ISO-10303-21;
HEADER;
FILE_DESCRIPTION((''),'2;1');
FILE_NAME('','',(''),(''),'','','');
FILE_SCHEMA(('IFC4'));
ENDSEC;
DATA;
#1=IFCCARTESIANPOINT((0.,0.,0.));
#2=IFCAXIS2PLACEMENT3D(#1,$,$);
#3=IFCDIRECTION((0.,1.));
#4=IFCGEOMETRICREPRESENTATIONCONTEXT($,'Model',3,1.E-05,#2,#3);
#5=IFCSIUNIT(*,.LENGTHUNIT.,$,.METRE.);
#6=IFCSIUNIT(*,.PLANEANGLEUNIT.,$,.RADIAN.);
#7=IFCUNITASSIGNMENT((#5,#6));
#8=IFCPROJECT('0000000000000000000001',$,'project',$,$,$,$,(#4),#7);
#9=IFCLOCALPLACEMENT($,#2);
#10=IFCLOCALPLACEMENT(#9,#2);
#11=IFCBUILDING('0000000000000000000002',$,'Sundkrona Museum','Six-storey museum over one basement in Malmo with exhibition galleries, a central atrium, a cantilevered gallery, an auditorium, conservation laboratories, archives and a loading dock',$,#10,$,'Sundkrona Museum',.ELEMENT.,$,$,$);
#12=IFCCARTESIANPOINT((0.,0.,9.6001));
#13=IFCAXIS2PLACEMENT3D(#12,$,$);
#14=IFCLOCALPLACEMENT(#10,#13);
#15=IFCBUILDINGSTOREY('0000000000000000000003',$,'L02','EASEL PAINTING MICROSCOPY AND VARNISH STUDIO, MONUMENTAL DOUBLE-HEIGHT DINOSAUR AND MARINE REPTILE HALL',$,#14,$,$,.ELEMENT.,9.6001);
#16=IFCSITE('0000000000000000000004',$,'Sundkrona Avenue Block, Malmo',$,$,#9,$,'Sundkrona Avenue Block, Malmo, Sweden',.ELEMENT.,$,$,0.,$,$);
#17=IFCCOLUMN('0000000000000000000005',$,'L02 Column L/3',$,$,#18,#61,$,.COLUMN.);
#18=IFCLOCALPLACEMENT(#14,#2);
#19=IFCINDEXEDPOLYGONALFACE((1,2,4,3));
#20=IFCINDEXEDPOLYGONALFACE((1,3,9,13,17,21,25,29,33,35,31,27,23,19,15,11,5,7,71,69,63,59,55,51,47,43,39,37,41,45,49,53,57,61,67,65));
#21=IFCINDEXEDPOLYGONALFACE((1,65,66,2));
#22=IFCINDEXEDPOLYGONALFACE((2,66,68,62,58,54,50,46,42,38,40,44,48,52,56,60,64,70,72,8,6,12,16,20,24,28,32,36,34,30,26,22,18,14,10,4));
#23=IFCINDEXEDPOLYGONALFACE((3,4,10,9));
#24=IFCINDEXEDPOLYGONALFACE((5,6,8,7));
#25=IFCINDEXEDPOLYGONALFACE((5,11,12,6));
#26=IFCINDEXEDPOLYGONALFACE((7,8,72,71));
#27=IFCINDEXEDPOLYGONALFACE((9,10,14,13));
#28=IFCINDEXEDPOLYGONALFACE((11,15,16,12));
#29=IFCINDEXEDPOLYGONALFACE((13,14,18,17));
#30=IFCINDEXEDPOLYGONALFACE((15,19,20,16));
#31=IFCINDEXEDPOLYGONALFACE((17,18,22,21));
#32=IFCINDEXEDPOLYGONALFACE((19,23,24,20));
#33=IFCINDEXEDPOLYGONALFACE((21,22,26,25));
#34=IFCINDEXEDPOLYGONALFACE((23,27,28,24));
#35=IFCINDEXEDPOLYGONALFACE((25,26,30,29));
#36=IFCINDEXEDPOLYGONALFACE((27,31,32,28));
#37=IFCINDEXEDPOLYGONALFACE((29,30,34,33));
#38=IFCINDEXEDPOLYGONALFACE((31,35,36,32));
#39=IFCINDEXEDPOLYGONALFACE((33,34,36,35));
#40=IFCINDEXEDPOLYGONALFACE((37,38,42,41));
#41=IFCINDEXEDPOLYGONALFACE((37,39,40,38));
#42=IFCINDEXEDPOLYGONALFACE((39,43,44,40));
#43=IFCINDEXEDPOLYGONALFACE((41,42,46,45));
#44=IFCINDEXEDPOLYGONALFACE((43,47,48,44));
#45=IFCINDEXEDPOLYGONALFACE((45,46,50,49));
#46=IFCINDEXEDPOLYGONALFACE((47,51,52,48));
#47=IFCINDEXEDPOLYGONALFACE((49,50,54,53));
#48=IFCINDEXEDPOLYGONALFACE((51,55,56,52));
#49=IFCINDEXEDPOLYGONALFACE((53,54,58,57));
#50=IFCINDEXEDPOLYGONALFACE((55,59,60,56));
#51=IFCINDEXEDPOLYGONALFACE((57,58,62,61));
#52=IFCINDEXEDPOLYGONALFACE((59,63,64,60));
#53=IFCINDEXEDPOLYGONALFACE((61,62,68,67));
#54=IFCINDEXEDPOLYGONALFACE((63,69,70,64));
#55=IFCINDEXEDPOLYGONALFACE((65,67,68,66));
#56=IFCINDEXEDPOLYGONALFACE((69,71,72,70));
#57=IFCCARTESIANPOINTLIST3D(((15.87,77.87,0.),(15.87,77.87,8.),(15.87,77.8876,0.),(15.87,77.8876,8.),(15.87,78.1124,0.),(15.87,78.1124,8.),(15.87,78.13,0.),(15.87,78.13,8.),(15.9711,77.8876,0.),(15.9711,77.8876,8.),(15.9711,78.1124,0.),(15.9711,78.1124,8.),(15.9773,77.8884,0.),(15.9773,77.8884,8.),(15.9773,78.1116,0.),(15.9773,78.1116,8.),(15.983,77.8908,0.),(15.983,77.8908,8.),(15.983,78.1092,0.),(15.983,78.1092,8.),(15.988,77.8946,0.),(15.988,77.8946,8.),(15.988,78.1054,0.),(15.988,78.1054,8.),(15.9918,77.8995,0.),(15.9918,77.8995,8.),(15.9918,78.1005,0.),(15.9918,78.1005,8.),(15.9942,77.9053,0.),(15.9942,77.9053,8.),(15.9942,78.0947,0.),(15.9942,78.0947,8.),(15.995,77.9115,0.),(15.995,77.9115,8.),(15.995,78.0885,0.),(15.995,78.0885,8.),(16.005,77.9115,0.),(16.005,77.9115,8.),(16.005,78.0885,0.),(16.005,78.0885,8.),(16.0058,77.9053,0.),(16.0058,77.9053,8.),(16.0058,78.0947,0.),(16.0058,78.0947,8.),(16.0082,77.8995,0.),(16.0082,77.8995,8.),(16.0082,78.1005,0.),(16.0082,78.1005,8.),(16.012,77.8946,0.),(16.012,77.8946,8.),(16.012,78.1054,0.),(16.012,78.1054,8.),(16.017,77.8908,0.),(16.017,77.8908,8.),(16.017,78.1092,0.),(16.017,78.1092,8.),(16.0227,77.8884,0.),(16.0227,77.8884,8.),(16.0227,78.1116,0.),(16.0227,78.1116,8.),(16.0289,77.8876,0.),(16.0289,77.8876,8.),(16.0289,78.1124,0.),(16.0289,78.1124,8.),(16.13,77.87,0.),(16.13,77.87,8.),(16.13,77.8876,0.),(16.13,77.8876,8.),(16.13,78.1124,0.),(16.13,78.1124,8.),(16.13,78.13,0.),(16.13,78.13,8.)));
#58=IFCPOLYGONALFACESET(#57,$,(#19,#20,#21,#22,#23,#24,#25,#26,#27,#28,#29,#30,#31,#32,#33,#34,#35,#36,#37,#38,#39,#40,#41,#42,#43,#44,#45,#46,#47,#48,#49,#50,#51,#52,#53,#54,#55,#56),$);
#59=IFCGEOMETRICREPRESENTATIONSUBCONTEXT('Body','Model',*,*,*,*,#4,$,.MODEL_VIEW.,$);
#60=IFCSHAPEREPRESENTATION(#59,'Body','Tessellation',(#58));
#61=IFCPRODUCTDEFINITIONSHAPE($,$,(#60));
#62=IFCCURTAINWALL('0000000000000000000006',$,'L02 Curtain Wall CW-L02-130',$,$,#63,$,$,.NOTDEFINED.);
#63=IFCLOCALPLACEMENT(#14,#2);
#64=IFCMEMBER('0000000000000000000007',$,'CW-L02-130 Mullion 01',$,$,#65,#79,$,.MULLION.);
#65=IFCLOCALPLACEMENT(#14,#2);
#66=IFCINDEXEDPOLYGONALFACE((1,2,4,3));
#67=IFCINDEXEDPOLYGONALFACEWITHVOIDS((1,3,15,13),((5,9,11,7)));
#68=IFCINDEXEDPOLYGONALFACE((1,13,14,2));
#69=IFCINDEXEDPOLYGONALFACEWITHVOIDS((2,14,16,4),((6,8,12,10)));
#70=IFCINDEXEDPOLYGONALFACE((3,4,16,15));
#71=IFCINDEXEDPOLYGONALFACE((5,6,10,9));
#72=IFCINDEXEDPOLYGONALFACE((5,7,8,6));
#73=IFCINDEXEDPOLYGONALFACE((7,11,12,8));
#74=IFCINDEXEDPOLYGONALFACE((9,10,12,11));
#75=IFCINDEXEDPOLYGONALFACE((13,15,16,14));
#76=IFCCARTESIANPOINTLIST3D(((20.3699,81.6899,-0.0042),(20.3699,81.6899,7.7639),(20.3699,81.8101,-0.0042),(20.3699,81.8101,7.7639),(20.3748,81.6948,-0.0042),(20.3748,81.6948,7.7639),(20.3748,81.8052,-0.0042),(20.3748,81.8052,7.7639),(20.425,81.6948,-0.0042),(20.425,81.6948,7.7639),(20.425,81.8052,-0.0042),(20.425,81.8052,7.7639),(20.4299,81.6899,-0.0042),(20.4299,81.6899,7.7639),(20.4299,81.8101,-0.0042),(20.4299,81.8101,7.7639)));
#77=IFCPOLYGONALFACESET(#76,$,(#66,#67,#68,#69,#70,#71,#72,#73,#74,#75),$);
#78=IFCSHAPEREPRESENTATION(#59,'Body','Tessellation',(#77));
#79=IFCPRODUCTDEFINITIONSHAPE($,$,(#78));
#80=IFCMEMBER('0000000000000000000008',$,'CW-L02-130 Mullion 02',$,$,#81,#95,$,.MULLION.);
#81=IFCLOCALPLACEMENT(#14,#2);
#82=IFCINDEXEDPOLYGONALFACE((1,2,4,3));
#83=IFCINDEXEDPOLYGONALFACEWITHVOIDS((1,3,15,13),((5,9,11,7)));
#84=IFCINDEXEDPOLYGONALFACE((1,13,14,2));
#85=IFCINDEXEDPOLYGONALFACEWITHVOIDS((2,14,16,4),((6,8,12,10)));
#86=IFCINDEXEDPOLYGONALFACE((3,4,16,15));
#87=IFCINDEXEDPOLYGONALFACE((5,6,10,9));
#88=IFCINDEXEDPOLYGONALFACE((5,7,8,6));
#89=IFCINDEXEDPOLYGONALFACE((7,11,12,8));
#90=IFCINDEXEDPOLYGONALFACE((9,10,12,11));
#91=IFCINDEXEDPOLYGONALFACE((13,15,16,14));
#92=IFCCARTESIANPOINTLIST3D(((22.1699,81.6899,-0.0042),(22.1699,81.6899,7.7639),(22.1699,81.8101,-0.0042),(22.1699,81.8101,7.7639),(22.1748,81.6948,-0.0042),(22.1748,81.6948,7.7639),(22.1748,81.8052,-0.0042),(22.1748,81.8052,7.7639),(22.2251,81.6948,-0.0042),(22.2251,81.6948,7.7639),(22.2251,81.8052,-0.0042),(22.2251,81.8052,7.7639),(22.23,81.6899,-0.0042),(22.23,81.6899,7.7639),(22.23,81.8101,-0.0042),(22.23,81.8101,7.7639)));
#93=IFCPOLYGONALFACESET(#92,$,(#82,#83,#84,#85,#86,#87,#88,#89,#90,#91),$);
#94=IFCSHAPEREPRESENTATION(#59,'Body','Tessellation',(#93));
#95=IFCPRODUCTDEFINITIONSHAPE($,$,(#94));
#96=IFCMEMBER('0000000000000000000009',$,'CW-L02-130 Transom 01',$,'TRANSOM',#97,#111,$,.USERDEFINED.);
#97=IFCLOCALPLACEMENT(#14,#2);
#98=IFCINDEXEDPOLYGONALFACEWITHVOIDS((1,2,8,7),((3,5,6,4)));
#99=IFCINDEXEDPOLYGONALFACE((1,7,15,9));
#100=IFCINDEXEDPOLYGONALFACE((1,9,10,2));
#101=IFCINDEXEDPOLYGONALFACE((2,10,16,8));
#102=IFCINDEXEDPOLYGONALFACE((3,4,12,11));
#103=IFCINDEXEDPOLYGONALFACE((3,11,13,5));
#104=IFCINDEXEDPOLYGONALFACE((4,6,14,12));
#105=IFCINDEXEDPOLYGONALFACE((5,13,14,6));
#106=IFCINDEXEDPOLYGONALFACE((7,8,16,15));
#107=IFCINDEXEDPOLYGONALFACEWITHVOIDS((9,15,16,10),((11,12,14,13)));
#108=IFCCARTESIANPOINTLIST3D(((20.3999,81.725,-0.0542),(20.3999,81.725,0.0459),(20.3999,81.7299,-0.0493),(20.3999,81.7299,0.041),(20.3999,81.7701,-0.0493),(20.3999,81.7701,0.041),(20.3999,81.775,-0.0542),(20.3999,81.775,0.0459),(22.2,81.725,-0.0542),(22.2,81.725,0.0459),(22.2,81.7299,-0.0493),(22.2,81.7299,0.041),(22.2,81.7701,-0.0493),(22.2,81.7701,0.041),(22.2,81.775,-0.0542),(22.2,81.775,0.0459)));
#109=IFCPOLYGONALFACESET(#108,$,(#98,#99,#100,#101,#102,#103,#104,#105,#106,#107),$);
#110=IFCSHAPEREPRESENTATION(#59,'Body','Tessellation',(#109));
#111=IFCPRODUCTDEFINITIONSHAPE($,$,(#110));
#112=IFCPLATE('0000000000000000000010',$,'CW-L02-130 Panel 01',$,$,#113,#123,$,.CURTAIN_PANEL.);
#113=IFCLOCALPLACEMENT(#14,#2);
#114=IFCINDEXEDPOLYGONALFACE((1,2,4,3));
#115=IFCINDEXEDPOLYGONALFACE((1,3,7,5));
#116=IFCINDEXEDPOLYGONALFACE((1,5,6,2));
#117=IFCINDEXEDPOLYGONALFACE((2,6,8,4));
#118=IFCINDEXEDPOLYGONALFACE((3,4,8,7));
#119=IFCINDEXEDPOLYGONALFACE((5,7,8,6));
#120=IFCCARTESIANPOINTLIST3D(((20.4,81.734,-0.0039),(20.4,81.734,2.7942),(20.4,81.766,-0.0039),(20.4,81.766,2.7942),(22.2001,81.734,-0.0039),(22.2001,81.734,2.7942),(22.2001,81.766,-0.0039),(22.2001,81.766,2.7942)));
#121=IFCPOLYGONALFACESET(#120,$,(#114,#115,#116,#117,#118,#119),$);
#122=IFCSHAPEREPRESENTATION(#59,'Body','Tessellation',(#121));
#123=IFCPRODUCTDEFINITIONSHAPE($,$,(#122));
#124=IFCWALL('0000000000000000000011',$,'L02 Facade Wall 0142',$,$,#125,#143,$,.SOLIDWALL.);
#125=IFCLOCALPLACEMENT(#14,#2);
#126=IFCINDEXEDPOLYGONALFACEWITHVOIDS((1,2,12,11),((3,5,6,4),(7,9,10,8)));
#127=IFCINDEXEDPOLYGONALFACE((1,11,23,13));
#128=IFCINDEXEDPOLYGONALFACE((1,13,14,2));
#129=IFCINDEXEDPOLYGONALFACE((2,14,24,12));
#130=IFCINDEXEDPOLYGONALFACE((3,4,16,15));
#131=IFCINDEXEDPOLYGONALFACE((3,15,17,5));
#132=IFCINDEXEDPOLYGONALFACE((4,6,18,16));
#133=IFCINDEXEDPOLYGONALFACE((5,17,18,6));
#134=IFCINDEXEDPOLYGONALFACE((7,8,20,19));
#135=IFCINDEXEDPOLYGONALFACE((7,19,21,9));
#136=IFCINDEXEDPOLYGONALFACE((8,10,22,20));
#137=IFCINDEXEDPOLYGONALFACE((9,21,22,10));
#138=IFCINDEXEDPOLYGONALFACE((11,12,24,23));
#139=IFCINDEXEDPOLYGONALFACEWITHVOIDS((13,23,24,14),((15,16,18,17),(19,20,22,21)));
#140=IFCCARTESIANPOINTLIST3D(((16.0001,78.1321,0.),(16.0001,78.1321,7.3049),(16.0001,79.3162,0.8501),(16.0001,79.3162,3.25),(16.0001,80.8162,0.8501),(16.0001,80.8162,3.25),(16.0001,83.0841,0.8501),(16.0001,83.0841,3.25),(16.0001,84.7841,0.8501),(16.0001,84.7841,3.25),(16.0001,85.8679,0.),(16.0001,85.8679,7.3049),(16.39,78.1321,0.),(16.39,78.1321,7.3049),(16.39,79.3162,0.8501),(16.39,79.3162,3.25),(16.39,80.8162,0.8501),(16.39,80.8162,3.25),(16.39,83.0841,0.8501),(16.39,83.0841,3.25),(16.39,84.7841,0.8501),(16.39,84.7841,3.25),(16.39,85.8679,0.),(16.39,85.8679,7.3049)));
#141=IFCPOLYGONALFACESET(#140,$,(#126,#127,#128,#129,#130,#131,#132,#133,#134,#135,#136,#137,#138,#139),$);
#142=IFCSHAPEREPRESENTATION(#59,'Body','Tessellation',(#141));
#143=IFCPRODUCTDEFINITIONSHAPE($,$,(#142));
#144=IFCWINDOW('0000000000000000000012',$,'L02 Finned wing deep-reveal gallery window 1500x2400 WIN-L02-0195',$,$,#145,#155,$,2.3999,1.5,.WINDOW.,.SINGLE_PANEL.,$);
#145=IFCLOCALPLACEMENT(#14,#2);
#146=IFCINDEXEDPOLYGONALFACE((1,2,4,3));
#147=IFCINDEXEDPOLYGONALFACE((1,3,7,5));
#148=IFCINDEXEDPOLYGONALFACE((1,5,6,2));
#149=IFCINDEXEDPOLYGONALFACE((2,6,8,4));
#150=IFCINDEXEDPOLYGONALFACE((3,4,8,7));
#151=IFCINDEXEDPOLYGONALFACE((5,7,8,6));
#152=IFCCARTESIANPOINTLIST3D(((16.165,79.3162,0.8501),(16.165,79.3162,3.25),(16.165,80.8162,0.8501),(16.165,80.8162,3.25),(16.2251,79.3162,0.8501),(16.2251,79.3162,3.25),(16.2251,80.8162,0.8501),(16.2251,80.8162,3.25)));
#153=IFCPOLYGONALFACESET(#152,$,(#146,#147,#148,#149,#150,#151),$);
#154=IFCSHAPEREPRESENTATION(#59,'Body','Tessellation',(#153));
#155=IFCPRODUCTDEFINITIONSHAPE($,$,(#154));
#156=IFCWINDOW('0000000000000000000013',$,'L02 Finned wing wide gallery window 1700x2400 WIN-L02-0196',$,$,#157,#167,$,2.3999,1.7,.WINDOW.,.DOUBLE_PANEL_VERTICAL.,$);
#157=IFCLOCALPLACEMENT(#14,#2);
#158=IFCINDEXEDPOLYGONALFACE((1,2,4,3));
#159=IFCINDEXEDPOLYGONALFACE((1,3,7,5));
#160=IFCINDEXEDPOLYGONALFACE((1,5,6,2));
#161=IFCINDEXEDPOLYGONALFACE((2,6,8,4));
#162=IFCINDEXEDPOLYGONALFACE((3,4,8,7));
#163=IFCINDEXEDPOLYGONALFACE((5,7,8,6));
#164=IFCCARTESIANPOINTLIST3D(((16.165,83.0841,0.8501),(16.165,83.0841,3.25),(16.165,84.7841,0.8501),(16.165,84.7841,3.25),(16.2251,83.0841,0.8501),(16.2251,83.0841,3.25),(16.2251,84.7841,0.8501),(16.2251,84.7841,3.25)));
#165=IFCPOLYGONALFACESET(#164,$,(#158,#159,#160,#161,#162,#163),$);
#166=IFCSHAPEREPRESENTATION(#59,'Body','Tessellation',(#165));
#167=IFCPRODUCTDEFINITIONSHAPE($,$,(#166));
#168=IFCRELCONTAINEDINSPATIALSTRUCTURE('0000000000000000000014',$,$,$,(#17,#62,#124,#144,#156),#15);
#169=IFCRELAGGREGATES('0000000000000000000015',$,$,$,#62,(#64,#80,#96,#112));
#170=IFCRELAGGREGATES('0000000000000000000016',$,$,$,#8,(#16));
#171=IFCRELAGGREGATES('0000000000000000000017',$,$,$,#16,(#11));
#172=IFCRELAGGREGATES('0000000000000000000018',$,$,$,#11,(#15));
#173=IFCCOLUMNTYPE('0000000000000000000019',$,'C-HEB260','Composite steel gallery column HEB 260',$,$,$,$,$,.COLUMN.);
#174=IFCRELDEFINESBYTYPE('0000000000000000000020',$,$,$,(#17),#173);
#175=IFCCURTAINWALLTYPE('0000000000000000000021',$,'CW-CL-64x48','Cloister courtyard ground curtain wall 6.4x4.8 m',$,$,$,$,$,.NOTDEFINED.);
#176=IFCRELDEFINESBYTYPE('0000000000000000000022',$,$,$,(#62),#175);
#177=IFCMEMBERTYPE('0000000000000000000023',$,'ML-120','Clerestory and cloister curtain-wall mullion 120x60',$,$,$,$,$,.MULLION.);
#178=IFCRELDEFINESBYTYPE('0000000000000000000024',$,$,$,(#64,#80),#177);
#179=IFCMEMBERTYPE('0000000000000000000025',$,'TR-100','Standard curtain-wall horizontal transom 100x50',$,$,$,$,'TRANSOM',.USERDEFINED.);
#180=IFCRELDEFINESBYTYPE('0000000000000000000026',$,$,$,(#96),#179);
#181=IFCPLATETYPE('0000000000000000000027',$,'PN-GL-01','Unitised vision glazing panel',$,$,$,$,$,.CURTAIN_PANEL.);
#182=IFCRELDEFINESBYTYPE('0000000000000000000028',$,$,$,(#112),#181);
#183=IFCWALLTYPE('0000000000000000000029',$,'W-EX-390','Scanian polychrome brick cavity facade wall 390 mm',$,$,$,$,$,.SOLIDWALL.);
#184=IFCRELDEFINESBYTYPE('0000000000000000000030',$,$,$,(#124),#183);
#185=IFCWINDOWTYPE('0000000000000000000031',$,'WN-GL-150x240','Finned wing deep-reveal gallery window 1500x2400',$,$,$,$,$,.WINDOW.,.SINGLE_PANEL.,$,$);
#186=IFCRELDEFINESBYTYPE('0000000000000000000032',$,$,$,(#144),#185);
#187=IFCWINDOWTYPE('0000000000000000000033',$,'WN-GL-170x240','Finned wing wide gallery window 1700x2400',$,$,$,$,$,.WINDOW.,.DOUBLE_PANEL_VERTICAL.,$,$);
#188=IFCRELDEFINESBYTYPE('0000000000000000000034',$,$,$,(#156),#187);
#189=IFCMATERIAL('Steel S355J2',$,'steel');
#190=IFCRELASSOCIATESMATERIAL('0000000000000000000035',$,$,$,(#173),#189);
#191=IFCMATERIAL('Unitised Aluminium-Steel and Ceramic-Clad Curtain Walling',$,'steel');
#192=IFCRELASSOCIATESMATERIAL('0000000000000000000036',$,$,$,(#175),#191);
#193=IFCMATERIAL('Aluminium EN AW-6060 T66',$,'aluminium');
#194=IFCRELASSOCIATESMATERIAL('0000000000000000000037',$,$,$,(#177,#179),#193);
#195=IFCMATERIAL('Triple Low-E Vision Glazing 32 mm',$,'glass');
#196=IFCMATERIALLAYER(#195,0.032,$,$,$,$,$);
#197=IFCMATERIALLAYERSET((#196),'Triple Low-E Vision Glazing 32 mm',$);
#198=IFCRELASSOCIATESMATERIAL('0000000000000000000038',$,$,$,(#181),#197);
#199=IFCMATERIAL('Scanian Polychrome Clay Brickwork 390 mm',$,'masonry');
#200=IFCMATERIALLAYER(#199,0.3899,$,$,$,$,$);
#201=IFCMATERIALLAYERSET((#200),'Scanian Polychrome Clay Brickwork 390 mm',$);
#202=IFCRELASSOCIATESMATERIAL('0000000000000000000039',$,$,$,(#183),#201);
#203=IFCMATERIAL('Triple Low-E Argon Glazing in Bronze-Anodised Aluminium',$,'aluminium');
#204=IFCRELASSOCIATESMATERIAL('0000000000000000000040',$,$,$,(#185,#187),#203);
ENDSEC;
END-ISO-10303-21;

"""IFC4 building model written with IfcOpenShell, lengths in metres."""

from ifc_helpers import new_model, si_unit, direction, frame, frame_2d, origin, origin_2d, place, context, subcontext, project, spatial, rectangle, hollow_rectangle, i_section, extrude, material, layer, layer_set, material_profile, profile_set, type_object, element, fill, aggregate, save


model = new_model("IFC4")

# Units and contexts
model_context = context("Model", 3, precision=1e-05, world=origin(), true_north=direction((0.0, 1.0)))
body_context = subcontext(model_context, "Body", "Model", "MODEL_VIEW")
ifc_project = project(units=[si_unit("LENGTHUNIT", "METRE"), si_unit("PLANEANGLEUNIT", "RADIAN")], contexts=[model_context])

# Site, building, storey
site_placement = place(None, origin())
site = spatial("IfcSite", under=ifc_project, at=site_placement, Name="Sundkrona Avenue Block, Malmo", LongName="Sundkrona Avenue Block, Malmo, Sweden", CompositionType="ELEMENT", RefElevation=0.0)
building_placement = place(site_placement, origin())
building = spatial("IfcBuilding", under=site, at=building_placement, Name="Sundkrona Museum", Description="Six-storey museum over one basement in Malmo with exhibition galleries, a central atrium, a cantilevered gallery, an auditorium, conservation laboratories, archives and a loading dock", LongName="Sundkrona Museum", CompositionType="ELEMENT")
storey_placement = place(building_placement, frame((0.0, 0.0, 9.6001)))
storey = spatial("IfcBuildingStorey", under=building, at=storey_placement, Name="L02", Description="EASEL PAINTING MICROSCOPY AND VARNISH STUDIO, MONUMENTAL DOUBLE-HEIGHT DINOSAUR AND MARINE REPTILE HALL", CompositionType="ELEMENT", Elevation=9.6001)

# Column
ifc_material_1 = material(Name="Steel S355J2", Category="steel")
ifc_material_profile_1 = material_profile(ifc_material_1, i_section(OverallWidth=0.26, OverallDepth=0.26, WebThickness=0.01, FlangeThickness=0.0176, FilletRadius=0.0239, at=origin_2d()), Name="HEB 260")
ifc_profile_set_1 = profile_set([ifc_material_profile_1], Name="Steel S355J2")
column_type = type_object("IfcColumnType", Name="C-HEB260", Description="Composite steel gallery column HEB 260", PredefinedType="COLUMN", material=ifc_profile_set_1)
column_placement = place(storey_placement, frame((16.0, 78.0, 0.0), z_axis=(0.0, 0.0, 1.0), x_axis=(1.0, 0.0, 0.0)))
element("IfcColumn", 1, at=column_placement, inside=storey, type_object=column_type, Name="L02 Column L/3", PredefinedType="COLUMN", context=body_context, shape_type="SweptSolid", body=[
    extrude(i_section(OverallWidth=0.26, OverallDepth=0.26, WebThickness=0.01, FlangeThickness=0.0176, FilletRadius=0.0239, at=origin_2d()), origin(), (0.0, 0.0, 1.0), 8.0),
])

# Curtain wall, members, plate
ifc_material_2 = material(Name="Unitised Aluminium-Steel and Ceramic-Clad Curtain Walling", Category="steel")
curtain_wall_type = type_object("IfcCurtainWallType", Name="CW-CL-64x48", Description="Cloister courtyard ground curtain wall 6.4x4.8 m", PredefinedType="NOTDEFINED", material=ifc_material_2)
curtain_wall_placement = place(storey_placement, origin())
curtain_wall = element("IfcCurtainWall", 2, at=curtain_wall_placement, inside=storey, type_object=curtain_wall_type, Name="L02 Curtain Wall CW-L02-130", PredefinedType="NOTDEFINED")
ifc_material_3 = material(Name="Aluminium EN AW-6060 T66", Category="aluminium")
ifc_material_profile_2 = material_profile(ifc_material_3, hollow_rectangle(XDim=0.0601, YDim=0.1201, WallThickness=0.0049, at=origin_2d()), Name="RHS 120x60x5.0")
ifc_profile_set_2 = profile_set([ifc_material_profile_2], Name="Aluminium EN AW-6060 T66")
member_type_1 = type_object("IfcMemberType", Name="ML-120", Description="Clerestory and cloister curtain-wall mullion 120x60", PredefinedType="MULLION", material=ifc_profile_set_2)
member_1_placement = place(storey_placement, frame((20.3999, 81.75, -0.0042), z_axis=(0.0, 0.0, 1.0), x_axis=(1.0, 0.0, 0.0)))
member_1 = element("IfcMember", 3, at=member_1_placement, type_object=member_type_1, Name="CW-L02-130 Mullion 01", PredefinedType="MULLION", context=body_context, shape_type="SweptSolid", body=[
    extrude(hollow_rectangle(XDim=0.0601, YDim=0.1201, WallThickness=0.0049, at=origin_2d()), origin(), (0.0, 0.0, 1.0), 7.7681),
])
member_2_placement = place(storey_placement, frame((22.2, 81.75, -0.0042), z_axis=(0.0, 0.0, 1.0), x_axis=(1.0, 0.0, 0.0)))
member_2 = element("IfcMember", 4, at=member_2_placement, type_object=member_type_1, Name="CW-L02-130 Mullion 02", PredefinedType="MULLION", context=body_context, shape_type="SweptSolid", body=[
    extrude(hollow_rectangle(XDim=0.0601, YDim=0.1201, WallThickness=0.0049, at=origin_2d()), origin(), (0.0, 0.0, 1.0), 7.7681),
])
ifc_material_profile_3 = material_profile(ifc_material_3, hollow_rectangle(XDim=0.05, YDim=0.1001, WallThickness=0.0049, at=origin_2d()), Name="RHS 100x50x5.0")
ifc_profile_set_3 = profile_set([ifc_material_profile_3], Name="Aluminium EN AW-6060 T66")
member_type_2 = type_object("IfcMemberType", Name="TR-100", Description="Standard curtain-wall horizontal transom 100x50", ElementType="TRANSOM", PredefinedType="USERDEFINED", material=ifc_profile_set_3)
member_3_placement = place(storey_placement, frame((20.3999, 81.75, -0.0042), z_axis=(1.0, 0.0, 0.0), x_axis=(0.0, 1.0, 0.0)))
member_3 = element("IfcMember", 5, at=member_3_placement, type_object=member_type_2, Name="CW-L02-130 Transom 01", ObjectType="TRANSOM", PredefinedType="USERDEFINED", context=body_context, shape_type="SweptSolid", body=[
    extrude(hollow_rectangle(XDim=0.05, YDim=0.1001, WallThickness=0.0049, at=origin_2d()), origin(), (0.0, 0.0, 1.0), 1.8),
])
ifc_material_4 = material(Name="Triple Low-E Vision Glazing 32 mm", Category="glass")
ifc_layer_1 = layer(ifc_material_4, 0.032)
ifc_layer_set_1 = layer_set([ifc_layer_1], Name="Triple Low-E Vision Glazing 32 mm")
plate_type = type_object("IfcPlateType", Name="PN-GL-01", Description="Unitised vision glazing panel", PredefinedType="CURTAIN_PANEL", material=ifc_layer_set_1)
plate_placement = place(storey_placement, frame((21.3, 81.75, -0.0039), z_axis=(0.0, 0.0, 1.0), x_axis=(1.0, 0.0, 0.0)))
plate = element("IfcPlate", 6, at=plate_placement, type_object=plate_type, Name="CW-L02-130 Panel 01", PredefinedType="CURTAIN_PANEL", context=body_context, shape_type="SweptSolid", body=[
    extrude(rectangle(XDim=1.8, YDim=0.032, at=origin_2d()), origin(), (0.0, 0.0, 1.0), 2.7981),
])
aggregate(curtain_wall, [member_1, member_2, member_3, plate])

# Wall, openings, windows
ifc_material_5 = material(Name="Scanian Polychrome Clay Brickwork 390 mm", Category="masonry")
ifc_layer_2 = layer(ifc_material_5, 0.3899)
ifc_layer_set_2 = layer_set([ifc_layer_2], Name="Scanian Polychrome Clay Brickwork 390 mm")
wall_type = type_object("IfcWallType", Name="W-EX-390", Description="Scanian polychrome brick cavity facade wall 390 mm", PredefinedType="SOLIDWALL", material=ifc_layer_set_2)
wall_placement = place(storey_placement, frame((16.1951, 78.1321, 0.0), z_axis=(0.0, 0.0, 1.0), x_axis=(0.0, 1.0, 0.0)))
wall = element("IfcWall", 7, at=wall_placement, inside=storey, type_object=wall_type, Name="L02 Facade Wall 0142", PredefinedType="SOLIDWALL", context=body_context, shape_type="SweptSolid", body=[
    extrude(rectangle(XDim=7.7358, YDim=0.3899, at=frame_2d((3.8679, 0.0))), origin(), (0.0, 0.0, 1.0), 7.3049),
])
opening_1_placement = place(wall_placement, frame((1.1841, 0.0, 0.8501)))
opening_1 = element("IfcOpeningElement", 8, at=opening_1_placement, cuts=wall, PredefinedType="OPENING", context=body_context, shape_type="SweptSolid", body=[
    extrude(rectangle(XDim=1.5, YDim=2.3999, at=frame_2d((0.75, 1.2))), frame((0.0, 0.2048, 0.0), z_axis=(0.0, -1.0, 0.0), x_axis=(1.0, 0.0, 0.0)), (0.0, 0.0, 1.0), 0.4099),
])
opening_2_placement = place(wall_placement, frame((4.9519, 0.0, 0.8501)))
opening_2 = element("IfcOpeningElement", 9, at=opening_2_placement, cuts=wall, PredefinedType="OPENING", context=body_context, shape_type="SweptSolid", body=[
    extrude(rectangle(XDim=1.7, YDim=2.3999, at=frame_2d((0.8501, 1.2))), frame((0.0, 0.2048, 0.0), z_axis=(0.0, -1.0, 0.0), x_axis=(1.0, 0.0, 0.0)), (0.0, 0.0, 1.0), 0.4099),
])
ifc_material_6 = material(Name="Triple Low-E Argon Glazing in Bronze-Anodised Aluminium", Category="aluminium")
window_type_1 = type_object("IfcWindowType", Name="WN-GL-150x240", Description="Finned wing deep-reveal gallery window 1500x2400", PartitioningType="SINGLE_PANEL", PredefinedType="WINDOW", material=ifc_material_6)
window_1_placement = place(opening_1_placement, origin())
window_1 = element("IfcWindow", 10, at=window_1_placement, inside=storey, type_object=window_type_1, Name="L02 Finned wing deep-reveal gallery window 1500x2400 WIN-L02-0195", OverallHeight=2.3999, OverallWidth=1.5, PartitioningType="SINGLE_PANEL", PredefinedType="WINDOW", context=body_context, shape_type="SweptSolid", body=[
    extrude(rectangle(XDim=1.5, YDim=2.3999, at=frame_2d((0.75, 1.2))), frame((0.0, 0.03, 0.0), z_axis=(0.0, -1.0, 0.0), x_axis=(1.0, 0.0, 0.0)), (0.0, 0.0, 1.0), 0.0601),
])
fill(opening_1, window_1)
window_type_2 = type_object("IfcWindowType", Name="WN-GL-170x240", Description="Finned wing wide gallery window 1700x2400", PartitioningType="DOUBLE_PANEL_VERTICAL", PredefinedType="WINDOW", material=ifc_material_6)
window_2_placement = place(opening_2_placement, origin())
window_2 = element("IfcWindow", 11, at=window_2_placement, inside=storey, type_object=window_type_2, Name="L02 Finned wing wide gallery window 1700x2400 WIN-L02-0196", OverallHeight=2.3999, OverallWidth=1.7, PartitioningType="DOUBLE_PANEL_VERTICAL", PredefinedType="WINDOW", context=body_context, shape_type="SweptSolid", body=[
    extrude(rectangle(XDim=1.7, YDim=2.3999, at=frame_2d((0.8501, 1.2))), frame((0.0, 0.03, 0.0), z_axis=(0.0, -1.0, 0.0), x_axis=(1.0, 0.0, 0.0)), (0.0, 0.0, 1.0), 0.0601),
])
fill(opening_2, window_2)

save(model, "model.ifc")
